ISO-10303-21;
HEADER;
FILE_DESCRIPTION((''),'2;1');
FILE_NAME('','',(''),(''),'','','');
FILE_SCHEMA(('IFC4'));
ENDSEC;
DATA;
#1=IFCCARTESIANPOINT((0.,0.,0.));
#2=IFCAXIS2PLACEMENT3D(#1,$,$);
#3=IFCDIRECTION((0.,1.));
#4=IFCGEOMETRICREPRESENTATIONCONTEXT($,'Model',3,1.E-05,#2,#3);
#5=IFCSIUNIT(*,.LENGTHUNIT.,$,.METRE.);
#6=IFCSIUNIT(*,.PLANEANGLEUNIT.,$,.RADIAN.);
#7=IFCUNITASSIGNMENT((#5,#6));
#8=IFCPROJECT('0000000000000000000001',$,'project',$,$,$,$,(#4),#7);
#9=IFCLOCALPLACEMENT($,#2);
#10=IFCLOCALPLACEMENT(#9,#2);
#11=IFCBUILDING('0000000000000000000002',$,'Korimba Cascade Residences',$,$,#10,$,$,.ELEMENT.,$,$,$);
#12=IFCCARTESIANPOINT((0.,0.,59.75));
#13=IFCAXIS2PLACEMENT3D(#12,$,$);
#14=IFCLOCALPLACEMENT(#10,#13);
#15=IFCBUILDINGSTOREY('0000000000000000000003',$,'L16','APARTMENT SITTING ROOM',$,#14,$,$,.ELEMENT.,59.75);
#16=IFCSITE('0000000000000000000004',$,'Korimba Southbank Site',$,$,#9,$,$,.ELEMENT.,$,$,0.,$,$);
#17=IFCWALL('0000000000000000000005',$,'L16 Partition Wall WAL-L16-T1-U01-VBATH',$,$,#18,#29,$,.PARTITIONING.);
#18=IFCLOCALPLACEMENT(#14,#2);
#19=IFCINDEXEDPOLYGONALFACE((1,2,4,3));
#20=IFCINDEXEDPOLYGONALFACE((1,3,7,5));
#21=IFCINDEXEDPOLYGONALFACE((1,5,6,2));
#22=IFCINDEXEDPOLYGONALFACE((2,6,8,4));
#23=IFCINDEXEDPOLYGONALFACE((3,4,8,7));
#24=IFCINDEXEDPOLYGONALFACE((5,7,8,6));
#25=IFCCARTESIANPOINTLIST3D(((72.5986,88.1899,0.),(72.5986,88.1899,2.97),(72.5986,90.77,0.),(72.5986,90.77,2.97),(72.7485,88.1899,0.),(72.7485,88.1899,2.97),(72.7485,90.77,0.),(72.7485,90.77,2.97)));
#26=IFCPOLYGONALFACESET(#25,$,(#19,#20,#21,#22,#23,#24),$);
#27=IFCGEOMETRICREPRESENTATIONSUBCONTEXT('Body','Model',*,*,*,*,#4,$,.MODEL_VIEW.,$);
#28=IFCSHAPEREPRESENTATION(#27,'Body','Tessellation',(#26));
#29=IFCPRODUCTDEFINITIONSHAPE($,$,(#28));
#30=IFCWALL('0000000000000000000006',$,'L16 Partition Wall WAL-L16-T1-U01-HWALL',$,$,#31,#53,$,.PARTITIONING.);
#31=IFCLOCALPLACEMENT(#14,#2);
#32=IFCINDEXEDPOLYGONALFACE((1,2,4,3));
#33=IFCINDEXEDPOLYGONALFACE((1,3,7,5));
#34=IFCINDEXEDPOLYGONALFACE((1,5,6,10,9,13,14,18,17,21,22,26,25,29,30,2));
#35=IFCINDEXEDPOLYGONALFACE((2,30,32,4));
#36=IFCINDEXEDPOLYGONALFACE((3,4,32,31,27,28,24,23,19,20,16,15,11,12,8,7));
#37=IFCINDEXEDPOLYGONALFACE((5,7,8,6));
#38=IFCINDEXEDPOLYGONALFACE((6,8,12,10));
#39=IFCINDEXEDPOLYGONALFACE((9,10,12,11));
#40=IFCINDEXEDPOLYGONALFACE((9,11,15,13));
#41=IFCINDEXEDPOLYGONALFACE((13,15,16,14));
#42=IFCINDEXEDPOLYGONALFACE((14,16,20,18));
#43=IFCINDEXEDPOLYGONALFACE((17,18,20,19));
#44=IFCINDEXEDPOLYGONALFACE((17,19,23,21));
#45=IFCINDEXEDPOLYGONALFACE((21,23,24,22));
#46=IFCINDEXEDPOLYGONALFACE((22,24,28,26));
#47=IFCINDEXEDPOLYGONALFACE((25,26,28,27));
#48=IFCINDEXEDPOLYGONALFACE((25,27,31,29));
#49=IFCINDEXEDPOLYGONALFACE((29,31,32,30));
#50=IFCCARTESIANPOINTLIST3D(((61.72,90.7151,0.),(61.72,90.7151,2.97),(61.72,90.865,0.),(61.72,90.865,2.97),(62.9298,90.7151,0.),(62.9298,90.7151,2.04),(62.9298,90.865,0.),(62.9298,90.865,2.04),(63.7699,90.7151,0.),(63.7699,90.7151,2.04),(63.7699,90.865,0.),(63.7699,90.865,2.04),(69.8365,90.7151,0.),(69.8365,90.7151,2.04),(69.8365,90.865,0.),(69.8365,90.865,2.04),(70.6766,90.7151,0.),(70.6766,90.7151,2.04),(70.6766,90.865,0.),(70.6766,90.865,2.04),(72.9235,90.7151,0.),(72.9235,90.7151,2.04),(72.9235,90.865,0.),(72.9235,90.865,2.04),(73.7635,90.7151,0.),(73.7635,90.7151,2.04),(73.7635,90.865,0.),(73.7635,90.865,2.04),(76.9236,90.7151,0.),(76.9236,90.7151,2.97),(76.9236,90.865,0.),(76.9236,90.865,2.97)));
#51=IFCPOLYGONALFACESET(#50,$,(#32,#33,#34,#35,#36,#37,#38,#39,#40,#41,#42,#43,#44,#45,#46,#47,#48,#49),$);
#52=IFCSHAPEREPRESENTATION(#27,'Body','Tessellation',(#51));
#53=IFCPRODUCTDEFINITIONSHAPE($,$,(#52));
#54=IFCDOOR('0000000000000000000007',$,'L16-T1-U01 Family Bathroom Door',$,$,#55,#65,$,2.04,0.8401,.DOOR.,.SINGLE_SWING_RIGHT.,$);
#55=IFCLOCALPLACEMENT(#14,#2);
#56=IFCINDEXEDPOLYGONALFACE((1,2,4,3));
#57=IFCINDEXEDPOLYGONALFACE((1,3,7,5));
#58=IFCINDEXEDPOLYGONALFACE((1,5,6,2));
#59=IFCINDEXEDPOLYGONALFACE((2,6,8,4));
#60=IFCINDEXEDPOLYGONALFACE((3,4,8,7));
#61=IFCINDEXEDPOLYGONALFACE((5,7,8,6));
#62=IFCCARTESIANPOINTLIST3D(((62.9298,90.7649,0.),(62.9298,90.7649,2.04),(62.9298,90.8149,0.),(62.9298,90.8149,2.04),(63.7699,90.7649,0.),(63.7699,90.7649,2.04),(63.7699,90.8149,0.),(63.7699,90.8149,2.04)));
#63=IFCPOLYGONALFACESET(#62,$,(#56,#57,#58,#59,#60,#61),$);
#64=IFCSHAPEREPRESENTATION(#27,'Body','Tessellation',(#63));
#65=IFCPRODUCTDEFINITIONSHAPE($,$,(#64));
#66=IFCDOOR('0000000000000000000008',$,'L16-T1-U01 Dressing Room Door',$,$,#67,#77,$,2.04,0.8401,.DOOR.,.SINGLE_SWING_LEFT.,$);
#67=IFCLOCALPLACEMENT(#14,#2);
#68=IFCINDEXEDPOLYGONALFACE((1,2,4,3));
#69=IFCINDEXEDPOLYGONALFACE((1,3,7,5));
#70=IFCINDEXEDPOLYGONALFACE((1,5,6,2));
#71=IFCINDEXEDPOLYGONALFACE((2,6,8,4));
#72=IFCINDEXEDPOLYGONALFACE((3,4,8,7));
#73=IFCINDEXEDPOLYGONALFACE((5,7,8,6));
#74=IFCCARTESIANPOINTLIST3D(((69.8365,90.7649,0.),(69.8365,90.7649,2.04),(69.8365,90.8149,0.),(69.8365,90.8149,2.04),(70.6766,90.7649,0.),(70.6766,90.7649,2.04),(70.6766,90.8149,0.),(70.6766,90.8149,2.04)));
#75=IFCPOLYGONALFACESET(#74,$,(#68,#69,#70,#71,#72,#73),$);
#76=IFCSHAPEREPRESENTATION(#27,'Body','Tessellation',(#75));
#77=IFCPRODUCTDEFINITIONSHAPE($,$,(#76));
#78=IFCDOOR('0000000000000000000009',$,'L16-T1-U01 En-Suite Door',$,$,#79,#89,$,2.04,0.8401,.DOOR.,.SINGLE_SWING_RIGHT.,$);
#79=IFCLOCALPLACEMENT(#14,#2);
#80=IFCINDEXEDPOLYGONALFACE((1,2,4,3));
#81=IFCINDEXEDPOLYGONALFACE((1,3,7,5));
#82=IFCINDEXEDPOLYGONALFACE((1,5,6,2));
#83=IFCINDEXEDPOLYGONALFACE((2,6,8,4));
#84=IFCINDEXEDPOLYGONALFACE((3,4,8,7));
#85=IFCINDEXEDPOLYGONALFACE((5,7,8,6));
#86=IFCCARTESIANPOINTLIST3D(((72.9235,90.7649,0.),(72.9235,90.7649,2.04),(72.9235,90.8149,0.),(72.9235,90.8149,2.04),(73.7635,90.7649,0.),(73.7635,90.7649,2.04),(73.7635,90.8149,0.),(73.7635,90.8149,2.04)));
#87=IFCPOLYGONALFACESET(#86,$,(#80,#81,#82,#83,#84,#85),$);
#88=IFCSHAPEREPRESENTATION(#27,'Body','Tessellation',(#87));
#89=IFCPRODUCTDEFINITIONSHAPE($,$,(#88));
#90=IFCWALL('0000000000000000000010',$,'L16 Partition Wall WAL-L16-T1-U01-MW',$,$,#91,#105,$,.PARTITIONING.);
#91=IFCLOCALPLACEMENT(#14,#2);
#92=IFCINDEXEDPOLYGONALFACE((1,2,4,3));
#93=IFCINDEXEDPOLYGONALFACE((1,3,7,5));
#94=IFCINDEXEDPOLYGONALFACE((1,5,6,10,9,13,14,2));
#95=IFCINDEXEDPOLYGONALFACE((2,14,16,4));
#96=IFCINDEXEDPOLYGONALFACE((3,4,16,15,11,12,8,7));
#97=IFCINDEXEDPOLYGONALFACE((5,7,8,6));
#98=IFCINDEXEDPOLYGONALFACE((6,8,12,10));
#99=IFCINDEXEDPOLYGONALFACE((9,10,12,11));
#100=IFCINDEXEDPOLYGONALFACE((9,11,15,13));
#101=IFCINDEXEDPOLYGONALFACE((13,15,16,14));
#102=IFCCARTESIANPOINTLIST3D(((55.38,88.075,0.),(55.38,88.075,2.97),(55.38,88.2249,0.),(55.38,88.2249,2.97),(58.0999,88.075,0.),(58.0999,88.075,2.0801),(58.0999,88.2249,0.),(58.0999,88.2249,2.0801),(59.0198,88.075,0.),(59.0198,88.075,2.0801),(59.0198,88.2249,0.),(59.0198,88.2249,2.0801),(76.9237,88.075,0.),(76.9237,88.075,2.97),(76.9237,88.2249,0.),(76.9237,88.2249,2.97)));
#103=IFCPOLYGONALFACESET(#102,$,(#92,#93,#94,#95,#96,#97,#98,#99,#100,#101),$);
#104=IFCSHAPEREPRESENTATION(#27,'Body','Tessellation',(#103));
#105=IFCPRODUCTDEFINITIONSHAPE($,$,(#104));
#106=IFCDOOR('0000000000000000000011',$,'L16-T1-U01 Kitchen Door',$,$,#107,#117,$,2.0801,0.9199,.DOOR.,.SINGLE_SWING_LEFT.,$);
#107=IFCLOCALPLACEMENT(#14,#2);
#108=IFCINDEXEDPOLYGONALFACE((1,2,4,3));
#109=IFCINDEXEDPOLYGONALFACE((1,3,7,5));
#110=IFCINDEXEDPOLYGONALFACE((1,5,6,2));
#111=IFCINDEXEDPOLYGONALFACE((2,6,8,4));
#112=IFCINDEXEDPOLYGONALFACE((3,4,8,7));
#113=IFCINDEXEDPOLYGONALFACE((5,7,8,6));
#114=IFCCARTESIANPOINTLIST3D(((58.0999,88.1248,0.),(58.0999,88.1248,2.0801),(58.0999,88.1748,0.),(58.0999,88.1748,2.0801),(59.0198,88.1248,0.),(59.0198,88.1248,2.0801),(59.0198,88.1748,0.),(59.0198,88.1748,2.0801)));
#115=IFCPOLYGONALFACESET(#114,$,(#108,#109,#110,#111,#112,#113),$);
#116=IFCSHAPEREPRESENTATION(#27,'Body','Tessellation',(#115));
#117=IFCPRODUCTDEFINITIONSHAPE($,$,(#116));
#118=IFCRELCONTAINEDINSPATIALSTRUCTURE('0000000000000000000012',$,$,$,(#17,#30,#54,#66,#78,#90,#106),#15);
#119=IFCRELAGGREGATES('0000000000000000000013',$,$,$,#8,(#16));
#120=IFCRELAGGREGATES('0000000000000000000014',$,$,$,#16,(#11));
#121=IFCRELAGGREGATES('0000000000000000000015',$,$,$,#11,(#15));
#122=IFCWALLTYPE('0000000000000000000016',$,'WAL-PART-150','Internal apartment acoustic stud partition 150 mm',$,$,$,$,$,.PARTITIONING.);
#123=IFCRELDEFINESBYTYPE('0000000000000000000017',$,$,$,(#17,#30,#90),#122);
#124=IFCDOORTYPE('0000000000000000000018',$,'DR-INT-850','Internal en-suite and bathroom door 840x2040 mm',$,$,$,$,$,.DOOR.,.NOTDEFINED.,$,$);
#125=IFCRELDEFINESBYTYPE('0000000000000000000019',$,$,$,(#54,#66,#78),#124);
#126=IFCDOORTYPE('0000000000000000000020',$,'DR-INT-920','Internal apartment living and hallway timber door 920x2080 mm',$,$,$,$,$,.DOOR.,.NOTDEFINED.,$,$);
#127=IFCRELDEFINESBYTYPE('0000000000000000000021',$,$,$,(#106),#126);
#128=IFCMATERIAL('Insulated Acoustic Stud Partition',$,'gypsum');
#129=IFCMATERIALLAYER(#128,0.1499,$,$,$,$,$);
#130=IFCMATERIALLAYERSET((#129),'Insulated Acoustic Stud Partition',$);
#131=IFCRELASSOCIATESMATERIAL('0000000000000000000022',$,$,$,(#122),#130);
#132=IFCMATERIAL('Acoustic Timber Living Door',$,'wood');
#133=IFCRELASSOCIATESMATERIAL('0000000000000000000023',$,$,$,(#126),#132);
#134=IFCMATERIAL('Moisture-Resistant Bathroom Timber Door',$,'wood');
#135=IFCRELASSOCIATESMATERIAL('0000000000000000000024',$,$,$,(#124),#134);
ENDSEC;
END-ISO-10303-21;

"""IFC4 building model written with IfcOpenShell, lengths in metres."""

from ifc_helpers import new_model, si_unit, direction, frame, frame_2d, origin, place, context, subcontext, project, spatial, rectangle, extrude, material, layer, layer_set, type_object, element, fill, save


model = new_model("IFC4")

# Units and contexts
model_context = context("Model", 3, precision=1e-05, world=origin(), true_north=direction((0.0, 1.0)))
body_context = subcontext(model_context, "Body", "Model", "MODEL_VIEW")
ifc_project = project(units=[si_unit("LENGTHUNIT", "METRE"), si_unit("PLANEANGLEUNIT", "RADIAN")], contexts=[model_context])

# Site, building, storey
site_placement = place(None, origin())
site = spatial("IfcSite", under=ifc_project, at=site_placement, Name="Korimba Southbank Site", CompositionType="ELEMENT", RefElevation=0.0)
building_placement = place(site_placement, origin())
building = spatial("IfcBuilding", under=site, at=building_placement, Name="Korimba Cascade Residences", CompositionType="ELEMENT")
storey_placement = place(building_placement, frame((0.0, 0.0, 59.75)))
storey = spatial("IfcBuildingStorey", under=building, at=storey_placement, Name="L16", Description="APARTMENT SITTING ROOM", CompositionType="ELEMENT", Elevation=59.75)

# Shared definitions
ifc_material_1 = material(Name="Insulated Acoustic Stud Partition", Category="gypsum")
ifc_layer_1 = layer(ifc_material_1, 0.1499)
ifc_layer_set_1 = layer_set([ifc_layer_1], Name="Insulated Acoustic Stud Partition")
wall_type_1 = type_object("IfcWallType", Name="WAL-PART-150", Description="Internal apartment acoustic stud partition 150 mm", PredefinedType="PARTITIONING", material=ifc_layer_set_1)

# Shared definitions
ifc_material_2 = material(Name="Acoustic Timber Living Door", Category="wood")
door_type_1 = type_object("IfcDoorType", Name="DR-INT-920", Description="Internal apartment living and hallway timber door 920x2080 mm", OperationType="NOTDEFINED", PredefinedType="DOOR", material=ifc_material_2)

# Wall
wall_1_placement = place(storey_placement, frame((72.6736, 88.1899, 0.0), z_axis=(0.0, 0.0, 1.0), x_axis=(0.0, 1.0, 0.0)))
element("IfcWall", 1, at=wall_1_placement, inside=storey, type_object=wall_type_1, Name="L16 Partition Wall WAL-L16-T1-U01-VBATH", PredefinedType="PARTITIONING", context=body_context, shape_type="SweptSolid", body=[
    extrude(rectangle(XDim=2.5801, YDim=0.1499, at=frame_2d((1.29, 0.0))), origin(), (0.0, 0.0, 1.0), 2.97),
])

# Wall, openings, doors
wall_2_placement = place(storey_placement, frame((61.72, 90.79, 0.0), z_axis=(0.0, 0.0, 1.0), x_axis=(1.0, 0.0, 0.0)))
wall_2 = element("IfcWall", 2, at=wall_2_placement, inside=storey, type_object=wall_type_1, Name="L16 Partition Wall WAL-L16-T1-U01-HWALL", PredefinedType="PARTITIONING", context=body_context, shape_type="SweptSolid", body=[
    extrude(rectangle(XDim=15.2036, YDim=0.1499, at=frame_2d((7.6018, 0.0))), origin(), (0.0, 0.0, 1.0), 2.97),
])
opening_1_placement = place(wall_2_placement, frame((1.21, 0.0, 0.0)))
opening_1 = element("IfcOpeningElement", 3, at=opening_1_placement, cuts=wall_2, PredefinedType="OPENING", context=body_context, shape_type="SweptSolid", body=[
    extrude(rectangle(XDim=0.8401, YDim=2.04, at=frame_2d((0.4199, 1.02))), frame((0.0, 0.085, 0.0), z_axis=(0.0, -1.0, 0.0), x_axis=(1.0, 0.0, 0.0)), (0.0, 0.0, 1.0), 0.1699),
])
opening_2_placement = place(wall_2_placement, frame((8.1167, 0.0, 0.0)))
opening_2 = element("IfcOpeningElement", 4, at=opening_2_placement, cuts=wall_2, PredefinedType="OPENING", context=body_context, shape_type="SweptSolid", body=[
    extrude(rectangle(XDim=0.8401, YDim=2.04, at=frame_2d((0.4199, 1.02))), frame((0.0, 0.085, 0.0), z_axis=(0.0, -1.0, 0.0), x_axis=(1.0, 0.0, 0.0)), (0.0, 0.0, 1.0), 0.1699),
])
opening_3_placement = place(wall_2_placement, frame((11.2036, 0.0, 0.0)))
opening_3 = element("IfcOpeningElement", 5, at=opening_3_placement, cuts=wall_2, PredefinedType="OPENING", context=body_context, shape_type="SweptSolid", body=[
    extrude(rectangle(XDim=0.8401, YDim=2.04, at=frame_2d((0.4199, 1.02))), frame((0.0, 0.085, 0.0), z_axis=(0.0, -1.0, 0.0), x_axis=(1.0, 0.0, 0.0)), (0.0, 0.0, 1.0), 0.1699),
])
ifc_material_3 = material(Name="Moisture-Resistant Bathroom Timber Door", Category="wood")
door_type_2 = type_object("IfcDoorType", Name="DR-INT-850", Description="Internal en-suite and bathroom door 840x2040 mm", OperationType="NOTDEFINED", PredefinedType="DOOR", material=ifc_material_3)
door_1_placement = place(opening_1_placement, origin())
door_1 = element("IfcDoor", 6, at=door_1_placement, inside=storey, type_object=door_type_2, Name="L16-T1-U01 Family Bathroom Door", OperationType="SINGLE_SWING_RIGHT", OverallHeight=2.04, OverallWidth=0.8401, PredefinedType="DOOR", context=body_context, shape_type="SweptSolid", body=[
    extrude(rectangle(XDim=0.8401, YDim=2.04, at=frame_2d((0.4199, 1.02))), frame((0.0, 0.0249, 0.0), z_axis=(0.0, -1.0, 0.0), x_axis=(1.0, 0.0, 0.0)), (0.0, 0.0, 1.0), 0.05),
])
fill(opening_1, door_1)
door_2_placement = place(opening_2_placement, origin())
door_2 = element("IfcDoor", 7, at=door_2_placement, inside=storey, type_object=door_type_2, Name="L16-T1-U01 Dressing Room Door", OperationType="SINGLE_SWING_LEFT", OverallHeight=2.04, OverallWidth=0.8401, PredefinedType="DOOR", context=body_context, shape_type="SweptSolid", body=[
    extrude(rectangle(XDim=0.8401, YDim=2.04, at=frame_2d((0.4199, 1.02))), frame((0.0, 0.0249, 0.0), z_axis=(0.0, -1.0, 0.0), x_axis=(1.0, 0.0, 0.0)), (0.0, 0.0, 1.0), 0.05),
])
fill(opening_2, door_2)
door_3_placement = place(opening_3_placement, origin())
door_3 = element("IfcDoor", 8, at=door_3_placement, inside=storey, type_object=door_type_2, Name="L16-T1-U01 En-Suite Door", OperationType="SINGLE_SWING_RIGHT", OverallHeight=2.04, OverallWidth=0.8401, PredefinedType="DOOR", context=body_context, shape_type="SweptSolid", body=[
    extrude(rectangle(XDim=0.8401, YDim=2.04, at=frame_2d((0.4199, 1.02))), frame((0.0, 0.0249, 0.0), z_axis=(0.0, -1.0, 0.0), x_axis=(1.0, 0.0, 0.0)), (0.0, 0.0, 1.0), 0.05),
])
fill(opening_3, door_3)

# Wall, opening, door
wall_3_placement = place(storey_placement, frame((55.3799, 88.1499, 0.0), z_axis=(0.0, 0.0, 1.0), x_axis=(1.0, 0.0, 0.0)))
wall_3 = element("IfcWall", 9, at=wall_3_placement, inside=storey, type_object=wall_type_1, Name="L16 Partition Wall WAL-L16-T1-U01-MW", PredefinedType="PARTITIONING", context=body_context, shape_type="SweptSolid", body=[
    extrude(rectangle(XDim=21.5437, YDim=0.1499, at=frame_2d((10.772, 0.0))), origin(), (0.0, 0.0, 1.0), 2.97),
])
opening_4_placement = place(wall_3_placement, frame((2.72, 0.0, 0.0)))
opening_4 = element("IfcOpeningElement", 10, at=opening_4_placement, cuts=wall_3, PredefinedType="OPENING", context=body_context, shape_type="SweptSolid", body=[
    extrude(rectangle(XDim=0.9199, YDim=2.0801, at=frame_2d((0.46, 1.04))), frame((0.0, 0.085, 0.0), z_axis=(0.0, -1.0, 0.0), x_axis=(1.0, 0.0, 0.0)), (0.0, 0.0, 1.0), 0.1699),
])
door_4_placement = place(opening_4_placement, origin())
door_4 = element("IfcDoor", 11, at=door_4_placement, inside=storey, type_object=door_type_1, Name="L16-T1-U01 Kitchen Door", OperationType="SINGLE_SWING_LEFT", OverallHeight=2.0801, OverallWidth=0.9199, PredefinedType="DOOR", context=body_context, shape_type="SweptSolid", body=[
    extrude(rectangle(XDim=0.9199, YDim=2.0801, at=frame_2d((0.46, 1.04))), frame((0.0, 0.0249, 0.0), z_axis=(0.0, -1.0, 0.0), x_axis=(1.0, 0.0, 0.0)), (0.0, 0.0, 1.0), 0.05),
])
fill(opening_4, door_4)

save(model, "model.ifc")
